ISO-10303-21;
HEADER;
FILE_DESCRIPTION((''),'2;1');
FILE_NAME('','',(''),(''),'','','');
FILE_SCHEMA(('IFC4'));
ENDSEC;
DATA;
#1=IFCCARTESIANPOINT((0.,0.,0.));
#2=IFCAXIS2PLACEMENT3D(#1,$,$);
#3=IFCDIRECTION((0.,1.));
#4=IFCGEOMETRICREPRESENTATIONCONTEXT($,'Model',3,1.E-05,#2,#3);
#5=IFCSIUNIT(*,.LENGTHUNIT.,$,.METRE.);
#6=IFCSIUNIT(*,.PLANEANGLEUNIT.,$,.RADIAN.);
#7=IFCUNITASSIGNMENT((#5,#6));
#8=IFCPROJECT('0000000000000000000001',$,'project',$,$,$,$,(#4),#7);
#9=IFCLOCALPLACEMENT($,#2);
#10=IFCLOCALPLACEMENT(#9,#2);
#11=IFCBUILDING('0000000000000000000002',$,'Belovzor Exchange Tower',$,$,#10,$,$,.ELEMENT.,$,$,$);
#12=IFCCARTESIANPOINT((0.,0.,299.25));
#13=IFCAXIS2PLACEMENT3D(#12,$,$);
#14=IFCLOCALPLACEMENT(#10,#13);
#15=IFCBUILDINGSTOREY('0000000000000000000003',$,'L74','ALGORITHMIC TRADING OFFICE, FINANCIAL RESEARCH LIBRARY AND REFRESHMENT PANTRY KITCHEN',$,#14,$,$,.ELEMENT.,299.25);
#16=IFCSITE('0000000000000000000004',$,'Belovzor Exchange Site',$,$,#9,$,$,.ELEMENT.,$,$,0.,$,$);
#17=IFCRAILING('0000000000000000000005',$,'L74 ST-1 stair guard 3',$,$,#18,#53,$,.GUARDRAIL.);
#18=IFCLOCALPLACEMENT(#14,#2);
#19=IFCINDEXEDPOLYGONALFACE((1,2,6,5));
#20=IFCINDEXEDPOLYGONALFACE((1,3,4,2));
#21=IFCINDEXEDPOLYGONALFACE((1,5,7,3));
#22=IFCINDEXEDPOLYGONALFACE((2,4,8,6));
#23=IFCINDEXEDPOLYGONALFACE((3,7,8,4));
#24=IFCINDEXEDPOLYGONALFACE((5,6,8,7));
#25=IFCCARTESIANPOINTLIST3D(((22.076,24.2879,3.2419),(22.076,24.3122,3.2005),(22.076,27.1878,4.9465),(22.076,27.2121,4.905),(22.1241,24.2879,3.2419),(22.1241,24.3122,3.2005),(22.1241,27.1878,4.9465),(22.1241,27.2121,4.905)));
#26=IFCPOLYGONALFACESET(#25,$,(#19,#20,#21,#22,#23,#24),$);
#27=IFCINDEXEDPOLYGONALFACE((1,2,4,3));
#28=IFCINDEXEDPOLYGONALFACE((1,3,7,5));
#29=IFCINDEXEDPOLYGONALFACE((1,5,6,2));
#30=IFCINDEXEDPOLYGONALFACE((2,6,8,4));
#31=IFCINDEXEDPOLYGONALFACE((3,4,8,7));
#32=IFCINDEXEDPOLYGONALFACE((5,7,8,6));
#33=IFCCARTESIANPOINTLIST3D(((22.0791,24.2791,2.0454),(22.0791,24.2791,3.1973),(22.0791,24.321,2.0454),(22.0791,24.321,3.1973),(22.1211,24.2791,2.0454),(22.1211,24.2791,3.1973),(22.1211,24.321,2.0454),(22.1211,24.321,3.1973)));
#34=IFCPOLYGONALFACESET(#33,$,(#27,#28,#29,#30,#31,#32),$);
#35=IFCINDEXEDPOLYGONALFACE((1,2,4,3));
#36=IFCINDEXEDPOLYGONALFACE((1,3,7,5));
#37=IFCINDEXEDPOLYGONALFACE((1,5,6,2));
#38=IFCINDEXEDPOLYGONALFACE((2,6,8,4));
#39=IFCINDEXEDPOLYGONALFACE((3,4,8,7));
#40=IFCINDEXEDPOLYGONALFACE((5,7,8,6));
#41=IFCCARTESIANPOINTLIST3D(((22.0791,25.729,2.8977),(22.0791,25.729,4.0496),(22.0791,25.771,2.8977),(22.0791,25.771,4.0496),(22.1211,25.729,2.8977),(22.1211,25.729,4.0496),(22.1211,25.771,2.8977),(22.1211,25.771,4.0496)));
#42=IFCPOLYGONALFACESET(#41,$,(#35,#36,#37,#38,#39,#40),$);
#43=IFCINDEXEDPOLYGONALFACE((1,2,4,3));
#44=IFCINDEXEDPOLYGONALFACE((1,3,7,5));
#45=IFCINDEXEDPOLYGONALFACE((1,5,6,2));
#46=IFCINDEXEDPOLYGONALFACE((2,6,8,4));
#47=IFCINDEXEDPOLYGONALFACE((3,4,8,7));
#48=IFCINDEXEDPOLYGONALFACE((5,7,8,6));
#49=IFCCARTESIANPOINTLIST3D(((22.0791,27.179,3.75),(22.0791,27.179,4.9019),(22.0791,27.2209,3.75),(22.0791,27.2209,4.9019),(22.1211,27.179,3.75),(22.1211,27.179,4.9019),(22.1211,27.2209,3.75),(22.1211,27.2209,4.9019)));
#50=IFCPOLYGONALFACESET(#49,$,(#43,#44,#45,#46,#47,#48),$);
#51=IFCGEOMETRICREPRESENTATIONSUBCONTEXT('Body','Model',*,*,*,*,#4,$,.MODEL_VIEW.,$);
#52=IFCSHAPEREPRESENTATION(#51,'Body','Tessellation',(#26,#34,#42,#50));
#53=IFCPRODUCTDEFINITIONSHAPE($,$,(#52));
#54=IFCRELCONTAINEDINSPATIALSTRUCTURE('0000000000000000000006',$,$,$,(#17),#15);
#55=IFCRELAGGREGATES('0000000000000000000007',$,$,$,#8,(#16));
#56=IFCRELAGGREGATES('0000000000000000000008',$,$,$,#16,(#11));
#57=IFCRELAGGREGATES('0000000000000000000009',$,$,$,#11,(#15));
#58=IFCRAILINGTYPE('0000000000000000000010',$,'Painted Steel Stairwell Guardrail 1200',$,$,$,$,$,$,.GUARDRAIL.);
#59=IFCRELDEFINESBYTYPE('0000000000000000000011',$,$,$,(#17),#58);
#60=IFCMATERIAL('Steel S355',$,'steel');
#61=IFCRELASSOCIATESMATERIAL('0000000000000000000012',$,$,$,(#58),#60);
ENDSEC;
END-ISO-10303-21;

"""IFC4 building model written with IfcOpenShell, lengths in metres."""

from ifc_helpers import new_model, si_unit, direction, frame, origin, origin_2d, place, context, subcontext, project, spatial, rectangle, extrude, material, type_object, element, save


model = new_model("IFC4")

# Units and contexts
model_context = context("Model", 3, precision=1e-05, world=origin(), true_north=direction((0.0, 1.0)))
body_context = subcontext(model_context, "Body", "Model", "MODEL_VIEW")
ifc_project = project(units=[si_unit("LENGTHUNIT", "METRE"), si_unit("PLANEANGLEUNIT", "RADIAN")], contexts=[model_context])

# Site, building, storey
site_placement = place(None, origin())
site = spatial("IfcSite", under=ifc_project, at=site_placement, Name="Belovzor Exchange Site", CompositionType="ELEMENT", RefElevation=0.0)
building_placement = place(site_placement, origin())
building = spatial("IfcBuilding", under=site, at=building_placement, Name="Belovzor Exchange Tower", CompositionType="ELEMENT")
storey_placement = place(building_placement, frame((0.0, 0.0, 299.25)))
storey = spatial("IfcBuildingStorey", under=building, at=storey_placement, Name="L74", Description="ALGORITHMIC TRADING OFFICE, FINANCIAL RESEARCH LIBRARY AND REFRESHMENT PANTRY KITCHEN", CompositionType="ELEMENT", Elevation=299.25)

# Railing
ifc_material_1 = material(Name="Steel S355", Category="steel")
railing_type_1 = type_object("IfcRailingType", Name="Painted Steel Stairwell Guardrail 1200", PredefinedType="GUARDRAIL", material=ifc_material_1)
railing_1_placement = place(storey_placement, frame((22.1001, 24.3, 2.0454)))
element("IfcRailing", 1, at=railing_1_placement, inside=storey, type_object=railing_type_1, Name="L74 ST-1 stair guard 3", PredefinedType="GUARDRAIL", context=body_context, shape_type="SweptSolid", body=[
    extrude(rectangle(XDim=0.0481, YDim=0.0481, at=origin_2d()), frame((0.0, 0.0, 1.1758), z_axis=(0.0, 0.862095, 0.506747), x_axis=(-1.0, 0.0, 0.0)), (0.0, 0.0, 1.0), 3.3638),
    extrude(rectangle(XDim=0.042, YDim=0.042, at=origin_2d()), origin(), (0.0, 0.0, 1.0), 1.1519),
    extrude(rectangle(XDim=0.042, YDim=0.042, at=origin_2d()), frame((0.0, 1.45, 0.8523)), (0.0, 0.0, 1.0), 1.1519),
    extrude(rectangle(XDim=0.042, YDim=0.042, at=origin_2d()), frame((0.0, 2.8999, 1.7046)), (0.0, 0.0, 1.0), 1.1519),
])

save(model, "model.ifc")
